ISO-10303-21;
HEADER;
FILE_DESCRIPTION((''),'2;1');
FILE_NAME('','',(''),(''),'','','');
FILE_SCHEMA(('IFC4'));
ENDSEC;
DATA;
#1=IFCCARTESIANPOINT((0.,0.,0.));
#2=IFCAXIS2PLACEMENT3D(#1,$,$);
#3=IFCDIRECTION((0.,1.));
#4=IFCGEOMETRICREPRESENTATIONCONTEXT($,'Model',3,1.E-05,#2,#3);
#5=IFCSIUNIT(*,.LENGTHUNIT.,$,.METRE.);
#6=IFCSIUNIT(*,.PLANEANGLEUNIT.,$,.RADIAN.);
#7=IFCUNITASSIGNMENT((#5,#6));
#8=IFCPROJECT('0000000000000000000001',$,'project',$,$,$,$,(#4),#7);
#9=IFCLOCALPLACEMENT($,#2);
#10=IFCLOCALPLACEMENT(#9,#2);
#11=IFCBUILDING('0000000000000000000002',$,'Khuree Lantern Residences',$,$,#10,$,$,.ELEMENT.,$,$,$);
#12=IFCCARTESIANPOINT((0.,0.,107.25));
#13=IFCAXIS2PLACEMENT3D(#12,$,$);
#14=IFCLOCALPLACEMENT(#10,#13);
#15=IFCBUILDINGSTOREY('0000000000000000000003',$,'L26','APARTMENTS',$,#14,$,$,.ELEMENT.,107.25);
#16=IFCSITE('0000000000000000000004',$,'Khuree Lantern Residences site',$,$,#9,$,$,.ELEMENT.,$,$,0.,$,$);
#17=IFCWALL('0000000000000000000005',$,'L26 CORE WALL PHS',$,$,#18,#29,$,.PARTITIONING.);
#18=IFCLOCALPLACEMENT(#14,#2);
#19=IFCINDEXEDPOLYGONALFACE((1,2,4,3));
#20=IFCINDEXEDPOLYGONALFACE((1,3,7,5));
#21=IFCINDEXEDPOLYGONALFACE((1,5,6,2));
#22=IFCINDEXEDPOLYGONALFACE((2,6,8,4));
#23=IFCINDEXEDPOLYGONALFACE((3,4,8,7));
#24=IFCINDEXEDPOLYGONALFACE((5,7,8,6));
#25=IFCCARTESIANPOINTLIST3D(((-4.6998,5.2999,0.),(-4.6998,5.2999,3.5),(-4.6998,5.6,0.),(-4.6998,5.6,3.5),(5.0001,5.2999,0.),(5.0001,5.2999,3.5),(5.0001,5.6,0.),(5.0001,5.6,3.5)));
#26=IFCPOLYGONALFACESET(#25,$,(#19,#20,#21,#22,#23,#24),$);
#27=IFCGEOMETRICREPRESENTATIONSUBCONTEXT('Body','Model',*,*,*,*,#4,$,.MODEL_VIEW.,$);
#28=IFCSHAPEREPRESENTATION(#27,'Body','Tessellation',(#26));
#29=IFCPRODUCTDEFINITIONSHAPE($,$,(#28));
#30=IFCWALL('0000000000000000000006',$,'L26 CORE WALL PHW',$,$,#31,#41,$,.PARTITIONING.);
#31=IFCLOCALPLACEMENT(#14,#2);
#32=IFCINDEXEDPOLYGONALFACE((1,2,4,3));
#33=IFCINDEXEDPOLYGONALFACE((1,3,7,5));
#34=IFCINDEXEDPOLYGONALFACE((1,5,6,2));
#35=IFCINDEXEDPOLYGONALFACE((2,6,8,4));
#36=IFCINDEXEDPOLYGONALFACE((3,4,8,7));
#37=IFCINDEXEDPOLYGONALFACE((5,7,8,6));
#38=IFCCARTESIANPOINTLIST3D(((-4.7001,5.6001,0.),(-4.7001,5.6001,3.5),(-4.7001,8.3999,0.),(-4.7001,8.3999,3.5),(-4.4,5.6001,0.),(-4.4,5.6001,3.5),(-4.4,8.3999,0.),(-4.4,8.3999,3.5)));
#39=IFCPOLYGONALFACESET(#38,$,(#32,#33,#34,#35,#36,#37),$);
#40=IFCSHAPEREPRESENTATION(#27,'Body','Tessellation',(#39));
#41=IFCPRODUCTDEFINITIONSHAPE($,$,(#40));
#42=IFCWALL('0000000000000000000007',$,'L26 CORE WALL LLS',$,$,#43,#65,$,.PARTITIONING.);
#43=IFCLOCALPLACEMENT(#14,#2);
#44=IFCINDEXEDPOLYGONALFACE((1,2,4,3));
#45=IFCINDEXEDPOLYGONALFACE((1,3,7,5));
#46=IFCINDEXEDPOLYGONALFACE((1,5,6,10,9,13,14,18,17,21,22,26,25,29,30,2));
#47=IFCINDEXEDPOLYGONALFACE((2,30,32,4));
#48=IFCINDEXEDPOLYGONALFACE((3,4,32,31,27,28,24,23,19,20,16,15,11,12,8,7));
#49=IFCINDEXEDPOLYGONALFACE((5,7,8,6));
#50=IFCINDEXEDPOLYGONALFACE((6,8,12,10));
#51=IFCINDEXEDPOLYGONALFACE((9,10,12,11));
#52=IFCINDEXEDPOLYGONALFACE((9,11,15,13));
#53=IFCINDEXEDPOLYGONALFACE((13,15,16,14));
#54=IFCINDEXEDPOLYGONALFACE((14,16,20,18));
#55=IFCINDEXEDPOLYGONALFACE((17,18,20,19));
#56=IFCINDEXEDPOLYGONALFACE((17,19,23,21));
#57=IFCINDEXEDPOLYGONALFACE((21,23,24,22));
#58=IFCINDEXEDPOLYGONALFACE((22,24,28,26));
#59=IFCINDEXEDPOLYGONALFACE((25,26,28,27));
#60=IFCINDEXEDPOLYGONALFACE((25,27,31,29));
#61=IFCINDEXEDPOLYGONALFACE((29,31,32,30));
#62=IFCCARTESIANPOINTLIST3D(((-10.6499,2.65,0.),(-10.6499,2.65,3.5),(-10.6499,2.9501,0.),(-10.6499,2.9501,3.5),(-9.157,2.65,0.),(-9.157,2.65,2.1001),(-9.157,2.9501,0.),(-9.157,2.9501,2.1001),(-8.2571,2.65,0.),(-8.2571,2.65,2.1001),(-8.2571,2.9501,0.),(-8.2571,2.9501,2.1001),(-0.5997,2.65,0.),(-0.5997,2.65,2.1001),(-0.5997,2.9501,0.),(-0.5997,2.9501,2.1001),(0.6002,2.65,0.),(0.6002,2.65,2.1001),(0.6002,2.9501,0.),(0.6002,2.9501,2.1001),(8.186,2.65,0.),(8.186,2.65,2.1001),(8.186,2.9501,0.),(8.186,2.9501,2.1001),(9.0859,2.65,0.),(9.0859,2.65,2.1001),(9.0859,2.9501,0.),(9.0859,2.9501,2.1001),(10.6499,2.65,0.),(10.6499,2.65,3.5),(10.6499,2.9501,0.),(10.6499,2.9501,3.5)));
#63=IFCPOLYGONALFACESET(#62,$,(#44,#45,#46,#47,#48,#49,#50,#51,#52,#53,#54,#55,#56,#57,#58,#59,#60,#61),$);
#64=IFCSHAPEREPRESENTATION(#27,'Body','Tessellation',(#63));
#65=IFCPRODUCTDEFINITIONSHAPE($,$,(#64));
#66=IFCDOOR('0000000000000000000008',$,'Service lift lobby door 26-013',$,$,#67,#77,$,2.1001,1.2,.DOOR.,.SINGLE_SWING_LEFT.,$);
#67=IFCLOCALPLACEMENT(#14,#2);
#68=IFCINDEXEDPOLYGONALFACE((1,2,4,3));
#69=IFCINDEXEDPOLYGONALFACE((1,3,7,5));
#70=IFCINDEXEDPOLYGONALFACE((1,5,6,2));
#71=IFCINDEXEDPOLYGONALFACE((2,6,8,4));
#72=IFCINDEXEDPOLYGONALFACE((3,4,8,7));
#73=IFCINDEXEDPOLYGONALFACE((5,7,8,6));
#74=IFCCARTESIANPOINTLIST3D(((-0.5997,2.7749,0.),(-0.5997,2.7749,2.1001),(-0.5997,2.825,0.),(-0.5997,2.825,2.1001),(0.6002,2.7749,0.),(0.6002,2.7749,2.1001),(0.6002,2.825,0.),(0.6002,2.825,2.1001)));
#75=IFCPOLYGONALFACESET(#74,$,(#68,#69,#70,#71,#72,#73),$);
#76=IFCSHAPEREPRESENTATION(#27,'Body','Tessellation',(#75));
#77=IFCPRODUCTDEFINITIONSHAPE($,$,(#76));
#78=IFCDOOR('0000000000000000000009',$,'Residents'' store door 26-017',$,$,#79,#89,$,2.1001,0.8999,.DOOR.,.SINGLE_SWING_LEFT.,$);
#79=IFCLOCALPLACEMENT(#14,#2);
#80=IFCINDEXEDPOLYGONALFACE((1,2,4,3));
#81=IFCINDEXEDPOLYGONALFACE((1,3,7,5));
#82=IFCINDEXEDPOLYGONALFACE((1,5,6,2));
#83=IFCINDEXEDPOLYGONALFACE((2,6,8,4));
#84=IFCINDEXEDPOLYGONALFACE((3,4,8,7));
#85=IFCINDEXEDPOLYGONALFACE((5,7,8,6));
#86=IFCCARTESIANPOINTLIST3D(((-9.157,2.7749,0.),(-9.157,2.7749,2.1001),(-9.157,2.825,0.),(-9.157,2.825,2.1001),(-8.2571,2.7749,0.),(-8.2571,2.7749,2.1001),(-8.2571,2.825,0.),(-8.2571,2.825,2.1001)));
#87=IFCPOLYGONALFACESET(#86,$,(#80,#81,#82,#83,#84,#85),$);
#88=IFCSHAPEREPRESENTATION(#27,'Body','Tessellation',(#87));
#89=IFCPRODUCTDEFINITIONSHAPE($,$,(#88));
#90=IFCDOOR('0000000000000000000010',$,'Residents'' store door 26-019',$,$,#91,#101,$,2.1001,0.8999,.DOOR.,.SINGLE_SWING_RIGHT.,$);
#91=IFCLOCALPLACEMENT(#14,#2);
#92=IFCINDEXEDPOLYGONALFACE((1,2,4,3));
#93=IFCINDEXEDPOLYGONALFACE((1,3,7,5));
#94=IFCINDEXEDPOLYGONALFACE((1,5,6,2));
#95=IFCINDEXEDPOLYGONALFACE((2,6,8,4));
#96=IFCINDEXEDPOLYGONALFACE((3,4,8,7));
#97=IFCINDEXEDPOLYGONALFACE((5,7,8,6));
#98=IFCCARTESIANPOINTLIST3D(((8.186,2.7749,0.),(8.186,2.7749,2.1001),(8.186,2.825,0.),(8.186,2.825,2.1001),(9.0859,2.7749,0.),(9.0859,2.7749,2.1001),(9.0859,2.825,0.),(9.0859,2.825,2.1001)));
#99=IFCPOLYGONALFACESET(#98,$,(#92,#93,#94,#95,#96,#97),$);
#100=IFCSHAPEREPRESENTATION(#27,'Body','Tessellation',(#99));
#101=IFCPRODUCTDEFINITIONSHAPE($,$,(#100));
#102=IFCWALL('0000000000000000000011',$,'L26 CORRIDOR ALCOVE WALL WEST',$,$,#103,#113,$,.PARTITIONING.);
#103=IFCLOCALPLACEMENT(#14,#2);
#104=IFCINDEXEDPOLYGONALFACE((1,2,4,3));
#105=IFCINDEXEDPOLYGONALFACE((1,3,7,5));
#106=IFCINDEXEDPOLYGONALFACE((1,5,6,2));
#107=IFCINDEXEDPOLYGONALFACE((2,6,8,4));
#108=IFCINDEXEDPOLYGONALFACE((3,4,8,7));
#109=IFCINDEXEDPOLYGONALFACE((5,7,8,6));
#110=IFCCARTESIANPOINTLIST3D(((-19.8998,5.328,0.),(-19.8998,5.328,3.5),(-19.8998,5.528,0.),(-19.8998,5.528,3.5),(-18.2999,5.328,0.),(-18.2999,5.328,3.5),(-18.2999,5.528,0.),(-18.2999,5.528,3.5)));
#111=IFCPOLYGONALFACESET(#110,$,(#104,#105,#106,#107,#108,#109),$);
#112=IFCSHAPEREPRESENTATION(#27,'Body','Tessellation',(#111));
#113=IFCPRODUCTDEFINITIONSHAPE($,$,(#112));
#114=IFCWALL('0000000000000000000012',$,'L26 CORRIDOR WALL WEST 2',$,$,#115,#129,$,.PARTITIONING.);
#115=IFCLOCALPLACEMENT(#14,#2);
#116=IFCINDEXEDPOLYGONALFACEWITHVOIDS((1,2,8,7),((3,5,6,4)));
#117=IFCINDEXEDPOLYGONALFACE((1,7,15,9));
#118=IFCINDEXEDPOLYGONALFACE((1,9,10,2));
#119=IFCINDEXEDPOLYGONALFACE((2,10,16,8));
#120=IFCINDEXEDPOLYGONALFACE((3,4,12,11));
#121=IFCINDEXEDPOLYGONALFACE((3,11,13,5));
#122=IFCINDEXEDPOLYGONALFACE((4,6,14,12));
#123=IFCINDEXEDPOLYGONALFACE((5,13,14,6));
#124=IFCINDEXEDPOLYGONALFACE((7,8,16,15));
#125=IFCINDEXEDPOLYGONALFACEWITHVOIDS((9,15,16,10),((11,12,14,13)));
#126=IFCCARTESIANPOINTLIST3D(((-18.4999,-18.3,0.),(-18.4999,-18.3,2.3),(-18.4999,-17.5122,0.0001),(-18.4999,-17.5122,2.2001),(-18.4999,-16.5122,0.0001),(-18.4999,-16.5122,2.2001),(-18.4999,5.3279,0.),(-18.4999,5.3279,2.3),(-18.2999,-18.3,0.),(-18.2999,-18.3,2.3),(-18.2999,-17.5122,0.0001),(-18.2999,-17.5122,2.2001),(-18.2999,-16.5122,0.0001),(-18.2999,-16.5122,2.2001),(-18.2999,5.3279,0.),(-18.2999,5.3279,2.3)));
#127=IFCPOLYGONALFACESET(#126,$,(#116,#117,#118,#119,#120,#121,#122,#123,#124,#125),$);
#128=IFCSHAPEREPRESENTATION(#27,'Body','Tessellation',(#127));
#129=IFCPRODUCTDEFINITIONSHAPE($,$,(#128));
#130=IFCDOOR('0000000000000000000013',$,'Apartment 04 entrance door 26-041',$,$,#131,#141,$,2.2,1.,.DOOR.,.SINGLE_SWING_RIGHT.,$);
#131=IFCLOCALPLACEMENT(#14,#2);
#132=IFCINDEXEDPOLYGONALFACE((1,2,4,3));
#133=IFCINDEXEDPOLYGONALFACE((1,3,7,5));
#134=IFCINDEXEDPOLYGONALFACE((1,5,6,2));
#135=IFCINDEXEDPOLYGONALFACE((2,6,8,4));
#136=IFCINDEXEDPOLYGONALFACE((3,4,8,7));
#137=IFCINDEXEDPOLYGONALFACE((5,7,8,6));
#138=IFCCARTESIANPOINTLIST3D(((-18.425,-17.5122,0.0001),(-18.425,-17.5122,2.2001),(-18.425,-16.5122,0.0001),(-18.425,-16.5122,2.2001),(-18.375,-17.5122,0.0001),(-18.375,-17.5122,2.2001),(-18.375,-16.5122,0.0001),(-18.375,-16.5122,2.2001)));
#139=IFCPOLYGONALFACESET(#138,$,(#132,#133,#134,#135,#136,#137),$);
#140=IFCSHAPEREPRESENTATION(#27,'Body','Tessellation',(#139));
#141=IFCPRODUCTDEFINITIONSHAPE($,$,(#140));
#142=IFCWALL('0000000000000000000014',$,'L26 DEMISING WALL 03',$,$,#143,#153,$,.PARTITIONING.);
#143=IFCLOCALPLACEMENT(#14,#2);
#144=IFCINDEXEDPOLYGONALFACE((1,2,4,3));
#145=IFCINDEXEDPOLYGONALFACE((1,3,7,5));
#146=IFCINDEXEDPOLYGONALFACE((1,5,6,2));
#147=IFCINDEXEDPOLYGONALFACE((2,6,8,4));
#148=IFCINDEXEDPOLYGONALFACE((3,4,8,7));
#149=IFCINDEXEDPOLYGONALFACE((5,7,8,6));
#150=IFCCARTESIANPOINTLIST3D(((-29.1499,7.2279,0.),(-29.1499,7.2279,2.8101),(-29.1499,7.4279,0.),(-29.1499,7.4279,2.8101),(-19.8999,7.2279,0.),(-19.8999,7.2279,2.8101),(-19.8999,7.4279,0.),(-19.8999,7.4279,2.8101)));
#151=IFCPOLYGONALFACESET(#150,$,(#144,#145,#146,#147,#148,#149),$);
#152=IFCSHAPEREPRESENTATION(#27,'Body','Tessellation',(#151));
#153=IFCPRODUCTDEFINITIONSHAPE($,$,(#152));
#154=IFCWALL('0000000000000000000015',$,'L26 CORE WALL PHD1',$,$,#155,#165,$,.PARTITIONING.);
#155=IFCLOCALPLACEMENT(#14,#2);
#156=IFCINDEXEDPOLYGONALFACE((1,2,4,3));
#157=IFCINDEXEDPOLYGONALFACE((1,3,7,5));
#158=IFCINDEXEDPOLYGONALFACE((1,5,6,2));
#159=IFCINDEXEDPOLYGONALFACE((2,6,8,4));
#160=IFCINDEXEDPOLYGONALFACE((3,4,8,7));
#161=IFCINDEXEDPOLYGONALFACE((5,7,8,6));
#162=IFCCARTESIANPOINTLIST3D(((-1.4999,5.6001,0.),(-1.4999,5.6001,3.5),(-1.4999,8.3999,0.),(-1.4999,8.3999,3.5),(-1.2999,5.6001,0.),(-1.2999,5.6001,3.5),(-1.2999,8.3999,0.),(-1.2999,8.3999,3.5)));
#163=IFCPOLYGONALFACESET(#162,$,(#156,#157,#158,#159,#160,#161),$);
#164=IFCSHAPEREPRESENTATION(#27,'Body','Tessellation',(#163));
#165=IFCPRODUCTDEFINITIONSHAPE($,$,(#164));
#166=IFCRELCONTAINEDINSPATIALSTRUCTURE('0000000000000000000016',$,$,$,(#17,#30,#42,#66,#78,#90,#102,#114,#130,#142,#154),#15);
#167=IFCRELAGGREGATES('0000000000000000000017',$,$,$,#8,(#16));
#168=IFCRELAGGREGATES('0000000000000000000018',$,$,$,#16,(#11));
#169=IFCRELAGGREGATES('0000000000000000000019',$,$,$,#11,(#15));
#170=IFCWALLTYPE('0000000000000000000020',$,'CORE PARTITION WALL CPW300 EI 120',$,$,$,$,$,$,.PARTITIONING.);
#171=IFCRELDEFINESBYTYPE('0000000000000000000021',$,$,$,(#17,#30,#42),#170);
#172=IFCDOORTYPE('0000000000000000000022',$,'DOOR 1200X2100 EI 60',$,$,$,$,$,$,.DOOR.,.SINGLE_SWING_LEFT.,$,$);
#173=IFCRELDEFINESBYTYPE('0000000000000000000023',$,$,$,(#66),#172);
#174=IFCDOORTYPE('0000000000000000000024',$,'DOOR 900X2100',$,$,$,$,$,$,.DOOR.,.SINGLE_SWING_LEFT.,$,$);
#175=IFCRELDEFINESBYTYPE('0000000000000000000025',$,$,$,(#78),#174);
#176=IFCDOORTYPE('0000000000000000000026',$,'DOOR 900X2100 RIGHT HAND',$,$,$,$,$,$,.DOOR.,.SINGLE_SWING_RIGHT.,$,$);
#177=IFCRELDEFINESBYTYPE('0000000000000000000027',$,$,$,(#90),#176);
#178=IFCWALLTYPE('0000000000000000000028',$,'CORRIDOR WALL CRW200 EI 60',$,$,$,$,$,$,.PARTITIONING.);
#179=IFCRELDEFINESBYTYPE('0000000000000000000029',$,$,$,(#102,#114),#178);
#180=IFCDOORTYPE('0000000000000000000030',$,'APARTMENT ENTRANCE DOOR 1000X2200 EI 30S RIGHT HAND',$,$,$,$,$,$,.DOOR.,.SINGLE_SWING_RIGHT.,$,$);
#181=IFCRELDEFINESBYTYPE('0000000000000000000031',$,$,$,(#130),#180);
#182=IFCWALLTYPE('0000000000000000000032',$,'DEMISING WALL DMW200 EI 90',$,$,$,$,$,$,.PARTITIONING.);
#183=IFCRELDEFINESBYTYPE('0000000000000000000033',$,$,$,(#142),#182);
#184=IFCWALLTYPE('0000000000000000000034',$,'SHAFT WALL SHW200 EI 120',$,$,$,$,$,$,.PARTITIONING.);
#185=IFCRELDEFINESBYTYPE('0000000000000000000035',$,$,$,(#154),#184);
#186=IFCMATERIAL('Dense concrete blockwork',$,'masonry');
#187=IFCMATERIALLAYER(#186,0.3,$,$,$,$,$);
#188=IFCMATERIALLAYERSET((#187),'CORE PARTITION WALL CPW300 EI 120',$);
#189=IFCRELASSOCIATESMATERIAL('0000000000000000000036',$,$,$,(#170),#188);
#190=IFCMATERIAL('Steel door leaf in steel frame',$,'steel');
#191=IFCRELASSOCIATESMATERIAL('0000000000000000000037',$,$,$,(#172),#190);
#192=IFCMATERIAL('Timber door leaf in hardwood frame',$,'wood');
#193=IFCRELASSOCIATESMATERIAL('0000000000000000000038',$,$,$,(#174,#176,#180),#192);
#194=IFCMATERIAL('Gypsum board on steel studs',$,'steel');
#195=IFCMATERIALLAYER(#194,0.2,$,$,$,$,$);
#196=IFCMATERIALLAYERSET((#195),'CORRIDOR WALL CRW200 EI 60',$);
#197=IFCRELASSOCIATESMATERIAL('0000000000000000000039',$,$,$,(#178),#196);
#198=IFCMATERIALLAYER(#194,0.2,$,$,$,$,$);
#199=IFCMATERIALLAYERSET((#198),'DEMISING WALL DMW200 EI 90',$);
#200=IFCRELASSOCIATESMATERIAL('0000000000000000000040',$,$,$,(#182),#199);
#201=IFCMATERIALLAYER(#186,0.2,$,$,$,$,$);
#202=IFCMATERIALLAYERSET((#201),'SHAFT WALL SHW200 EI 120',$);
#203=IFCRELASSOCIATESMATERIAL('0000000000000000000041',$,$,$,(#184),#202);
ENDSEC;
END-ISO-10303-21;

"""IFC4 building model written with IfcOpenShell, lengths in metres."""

from ifc_helpers import new_model, si_unit, direction, frame, frame_2d, origin, place, context, subcontext, project, spatial, rectangle, extrude, material, layer, layer_set, type_object, element, fill, save


model = new_model("IFC4")

# Units and contexts
model_context = context("Model", 3, precision=1e-05, world=origin(), true_north=direction((0.0, 1.0)))
body_context = subcontext(model_context, "Body", "Model", "MODEL_VIEW")
ifc_project = project(units=[si_unit("LENGTHUNIT", "METRE"), si_unit("PLANEANGLEUNIT", "RADIAN")], contexts=[model_context])

# Site, building, storey
site_placement = place(None, origin())
site = spatial("IfcSite", under=ifc_project, at=site_placement, Name="Khuree Lantern Residences site", CompositionType="ELEMENT", RefElevation=0.0)
building_placement = place(site_placement, origin())
building = spatial("IfcBuilding", under=site, at=building_placement, Name="Khuree Lantern Residences", CompositionType="ELEMENT")
storey_placement = place(building_placement, frame((0.0, 0.0, 107.25)))
storey = spatial("IfcBuildingStorey", under=building, at=storey_placement, Name="L26", Description="APARTMENTS", CompositionType="ELEMENT", Elevation=107.25)

# Walls
ifc_material_1 = material(Name="Dense concrete blockwork", Category="masonry")
ifc_layer_1 = layer(ifc_material_1, 0.3)
ifc_layer_set_1 = layer_set([ifc_layer_1], Name="CORE PARTITION WALL CPW300 EI 120")
wall_type_1 = type_object("IfcWallType", Name="CORE PARTITION WALL CPW300 EI 120", PredefinedType="PARTITIONING", material=ifc_layer_set_1)
wall_1_placement = place(storey_placement, frame((-4.7, 5.45, 0.0), z_axis=(0.0, 0.0, 1.0), x_axis=(1.0, 0.0, 0.0)))
element("IfcWall", 1, at=wall_1_placement, inside=storey, type_object=wall_type_1, Name="L26 CORE WALL PHS", PredefinedType="PARTITIONING", context=body_context, shape_type="SweptSolid", body=[
    extrude(rectangle(XDim=9.7, YDim=0.3, at=frame_2d((4.8501, 0.0))), origin(), (0.0, 0.0, 1.0), 3.5),
])
wall_2_placement = place(storey_placement, frame((-4.55, 5.6001, 0.0), z_axis=(0.0, 0.0, 1.0), x_axis=(0.0, 1.0, 0.0)))
element("IfcWall", 2, at=wall_2_placement, inside=storey, type_object=wall_type_1, Name="L26 CORE WALL PHW", PredefinedType="PARTITIONING", context=body_context, shape_type="SweptSolid", body=[
    extrude(rectangle(XDim=2.7998, YDim=0.3, at=frame_2d((1.3999, 0.0))), origin(), (0.0, 0.0, 1.0), 3.5),
])

# Wall, openings, doors
wall_3_placement = place(storey_placement, frame((-10.6499, 2.8, 0.0), z_axis=(0.0, 0.0, 1.0), x_axis=(1.0, 0.0, 0.0)))
wall_3 = element("IfcWall", 3, at=wall_3_placement, inside=storey, type_object=wall_type_1, Name="L26 CORE WALL LLS", PredefinedType="PARTITIONING", context=body_context, shape_type="SweptSolid", body=[
    extrude(rectangle(XDim=21.2998, YDim=0.3, at=frame_2d((10.6499, 0.0))), origin(), (0.0, 0.0, 1.0), 3.5),
])
opening_1_placement = place(wall_3_placement, frame((10.05, 0.0, 0.0)))
opening_1 = element("IfcOpeningElement", 4, at=opening_1_placement, cuts=wall_3, PredefinedType="OPENING", context=body_context, shape_type="SweptSolid", body=[
    extrude(rectangle(XDim=1.2, YDim=2.1001, at=frame_2d((0.6001, 1.05))), frame((0.0, 0.1602, 0.0), z_axis=(0.0, -1.0, 0.0), x_axis=(1.0, 0.0, 0.0)), (0.0, 0.0, 1.0), 0.3201),
])
opening_2_placement = place(wall_3_placement, frame((1.4929, 0.0, 0.0)))
opening_2 = element("IfcOpeningElement", 5, at=opening_2_placement, cuts=wall_3, PredefinedType="OPENING", context=body_context, shape_type="SweptSolid", body=[
    extrude(rectangle(XDim=0.8999, YDim=2.1001, at=frame_2d((0.45, 1.05))), frame((0.0, 0.1602, 0.0), z_axis=(0.0, -1.0, 0.0), x_axis=(1.0, 0.0, 0.0)), (0.0, 0.0, 1.0), 0.3201),
])
opening_3_placement = place(wall_3_placement, frame((18.8359, 0.0, 0.0)))
opening_3 = element("IfcOpeningElement", 6, at=opening_3_placement, cuts=wall_3, PredefinedType="OPENING", context=body_context, shape_type="SweptSolid", body=[
    extrude(rectangle(XDim=0.8999, YDim=2.1001, at=frame_2d((0.45, 1.05))), frame((0.0, 0.1602, 0.0), z_axis=(0.0, -1.0, 0.0), x_axis=(1.0, 0.0, 0.0)), (0.0, 0.0, 1.0), 0.3201),
])
ifc_material_2 = material(Name="Steel door leaf in steel frame", Category="steel")
door_type_1 = type_object("IfcDoorType", Name="DOOR 1200X2100 EI 60", OperationType="SINGLE_SWING_LEFT", PredefinedType="DOOR", material=ifc_material_2)
door_1_placement = place(opening_1_placement, origin())
door_1 = element("IfcDoor", 7, at=door_1_placement, inside=storey, type_object=door_type_1, Name="Service lift lobby door 26-013", OperationType="SINGLE_SWING_LEFT", OverallHeight=2.1001, OverallWidth=1.2, PredefinedType="DOOR", context=body_context, shape_type="SweptSolid", body=[
    extrude(rectangle(XDim=1.2, YDim=2.1001, at=frame_2d((0.6001, 1.05))), frame((0.0, 0.0249, 0.0), z_axis=(0.0, -1.0, 0.0), x_axis=(1.0, 0.0, 0.0)), (0.0, 0.0, 1.0), 0.05),
])
fill(opening_1, door_1)
ifc_material_3 = material(Name="Timber door leaf in hardwood frame", Category="wood")
door_type_2 = type_object("IfcDoorType", Name="DOOR 900X2100", OperationType="SINGLE_SWING_LEFT", PredefinedType="DOOR", material=ifc_material_3)
door_2_placement = place(opening_2_placement, origin())
door_2 = element("IfcDoor", 8, at=door_2_placement, inside=storey, type_object=door_type_2, Name="Residents' store door 26-017", OperationType="SINGLE_SWING_LEFT", OverallHeight=2.1001, OverallWidth=0.8999, PredefinedType="DOOR", context=body_context, shape_type="SweptSolid", body=[
    extrude(rectangle(XDim=0.8999, YDim=2.1001, at=frame_2d((0.45, 1.05))), frame((0.0, 0.0249, 0.0), z_axis=(0.0, -1.0, 0.0), x_axis=(1.0, 0.0, 0.0)), (0.0, 0.0, 1.0), 0.05),
])
fill(opening_2, door_2)
door_type_3 = type_object("IfcDoorType", Name="DOOR 900X2100 RIGHT HAND", OperationType="SINGLE_SWING_RIGHT", PredefinedType="DOOR", material=ifc_material_3)
door_3_placement = place(opening_3_placement, origin())
door_3 = element("IfcDoor", 9, at=door_3_placement, inside=storey, type_object=door_type_3, Name="Residents' store door 26-019", OperationType="SINGLE_SWING_RIGHT", OverallHeight=2.1001, OverallWidth=0.8999, PredefinedType="DOOR", context=body_context, shape_type="SweptSolid", body=[
    extrude(rectangle(XDim=0.8999, YDim=2.1001, at=frame_2d((0.45, 1.05))), frame((0.0, 0.0249, 0.0), z_axis=(0.0, -1.0, 0.0), x_axis=(1.0, 0.0, 0.0)), (0.0, 0.0, 1.0), 0.05),
])
fill(opening_3, door_3)

# Wall
ifc_material_4 = material(Name="Gypsum board on steel studs", Category="steel")
ifc_layer_2 = layer(ifc_material_4, 0.2)
ifc_layer_set_2 = layer_set([ifc_layer_2], Name="CORRIDOR WALL CRW200 EI 60")
wall_type_2 = type_object("IfcWallType", Name="CORRIDOR WALL CRW200 EI 60", PredefinedType="PARTITIONING", material=ifc_layer_set_2)
wall_4_placement = place(storey_placement, frame((-18.3, 5.428, 0.0), z_axis=(0.0, 0.0, 1.0), x_axis=(-1.0, 0.0, 0.0)))
element("IfcWall", 10, at=wall_4_placement, inside=storey, type_object=wall_type_2, Name="L26 CORRIDOR ALCOVE WALL WEST", PredefinedType="PARTITIONING", context=body_context, shape_type="SweptSolid", body=[
    extrude(rectangle(XDim=1.5999, YDim=0.2, at=frame_2d((0.7998, 0.0))), origin(), (0.0, 0.0, 1.0), 3.5),
])

# Wall, opening, door
wall_5_placement = place(storey_placement, frame((-18.3999, 5.3279, 0.0), z_axis=(0.0, 0.0, 1.0), x_axis=(0.0, -1.0, 0.0)))
wall_5 = element("IfcWall", 11, at=wall_5_placement, inside=storey, type_object=wall_type_2, Name="L26 CORRIDOR WALL WEST 2", PredefinedType="PARTITIONING", context=body_context, shape_type="SweptSolid", body=[
    extrude(rectangle(XDim=23.6279, YDim=0.2, at=frame_2d((11.814, 0.0))), origin(), (0.0, 0.0, 1.0), 2.3),
])
opening_4_placement = place(wall_5_placement, frame((21.8401, 0.0, 0.0)))
opening_4 = element("IfcOpeningElement", 12, at=opening_4_placement, cuts=wall_5, PredefinedType="OPENING", context=body_context, shape_type="SweptSolid", body=[
    extrude(rectangle(XDim=1.0, YDim=2.2, at=frame_2d((0.5, 1.1001))), frame((0.0, 0.1099, 0.0), z_axis=(0.0, -1.0, 0.0), x_axis=(1.0, 0.0, 0.0)), (0.0, 0.0, 1.0), 0.22),
])
door_type_4 = type_object("IfcDoorType", Name="APARTMENT ENTRANCE DOOR 1000X2200 EI 30S RIGHT HAND", OperationType="SINGLE_SWING_RIGHT", PredefinedType="DOOR", material=ifc_material_3)
door_4_placement = place(opening_4_placement, origin())
door_4 = element("IfcDoor", 13, at=door_4_placement, inside=storey, type_object=door_type_4, Name="Apartment 04 entrance door 26-041", OperationType="SINGLE_SWING_RIGHT", OverallHeight=2.2, OverallWidth=1.0, PredefinedType="DOOR", context=body_context, shape_type="SweptSolid", body=[
    extrude(rectangle(XDim=1.0, YDim=2.2, at=frame_2d((0.5, 1.1001))), frame((0.0, 0.0249, 0.0), z_axis=(0.0, -1.0, 0.0), x_axis=(1.0, 0.0, 0.0)), (0.0, 0.0, 1.0), 0.05),
])
fill(opening_4, door_4)

# Walls
ifc_layer_3 = layer(ifc_material_4, 0.2)
ifc_layer_set_3 = layer_set([ifc_layer_3], Name="DEMISING WALL DMW200 EI 90")
wall_type_3 = type_object("IfcWallType", Name="DEMISING WALL DMW200 EI 90", PredefinedType="PARTITIONING", material=ifc_layer_set_3)
wall_6_placement = place(storey_placement, frame((-19.8999, 7.3279, 0.0), z_axis=(0.0, 0.0, 1.0), x_axis=(-1.0, 0.0, 0.0)))
element("IfcWall", 14, at=wall_6_placement, inside=storey, type_object=wall_type_3, Name="L26 DEMISING WALL 03", PredefinedType="PARTITIONING", context=body_context, shape_type="SweptSolid", body=[
    extrude(rectangle(XDim=9.25, YDim=0.2, at=frame_2d((4.625, 0.0))), origin(), (0.0, 0.0, 1.0), 2.8101),
])
ifc_layer_4 = layer(ifc_material_1, 0.2)
ifc_layer_set_4 = layer_set([ifc_layer_4], Name="SHAFT WALL SHW200 EI 120")
wall_type_4 = type_object("IfcWallType", Name="SHAFT WALL SHW200 EI 120", PredefinedType="PARTITIONING", material=ifc_layer_set_4)
wall_7_placement = place(storey_placement, frame((-1.3999, 5.6001, 0.0), z_axis=(0.0, 0.0, 1.0), x_axis=(0.0, 1.0, 0.0)))
element("IfcWall", 15, at=wall_7_placement, inside=storey, type_object=wall_type_4, Name="L26 CORE WALL PHD1", PredefinedType="PARTITIONING", context=body_context, shape_type="SweptSolid", body=[
    extrude(rectangle(XDim=2.7998, YDim=0.2, at=frame_2d((1.3999, 0.0))), origin(), (0.0, 0.0, 1.0), 3.5),
])

save(model, "model.ifc")
